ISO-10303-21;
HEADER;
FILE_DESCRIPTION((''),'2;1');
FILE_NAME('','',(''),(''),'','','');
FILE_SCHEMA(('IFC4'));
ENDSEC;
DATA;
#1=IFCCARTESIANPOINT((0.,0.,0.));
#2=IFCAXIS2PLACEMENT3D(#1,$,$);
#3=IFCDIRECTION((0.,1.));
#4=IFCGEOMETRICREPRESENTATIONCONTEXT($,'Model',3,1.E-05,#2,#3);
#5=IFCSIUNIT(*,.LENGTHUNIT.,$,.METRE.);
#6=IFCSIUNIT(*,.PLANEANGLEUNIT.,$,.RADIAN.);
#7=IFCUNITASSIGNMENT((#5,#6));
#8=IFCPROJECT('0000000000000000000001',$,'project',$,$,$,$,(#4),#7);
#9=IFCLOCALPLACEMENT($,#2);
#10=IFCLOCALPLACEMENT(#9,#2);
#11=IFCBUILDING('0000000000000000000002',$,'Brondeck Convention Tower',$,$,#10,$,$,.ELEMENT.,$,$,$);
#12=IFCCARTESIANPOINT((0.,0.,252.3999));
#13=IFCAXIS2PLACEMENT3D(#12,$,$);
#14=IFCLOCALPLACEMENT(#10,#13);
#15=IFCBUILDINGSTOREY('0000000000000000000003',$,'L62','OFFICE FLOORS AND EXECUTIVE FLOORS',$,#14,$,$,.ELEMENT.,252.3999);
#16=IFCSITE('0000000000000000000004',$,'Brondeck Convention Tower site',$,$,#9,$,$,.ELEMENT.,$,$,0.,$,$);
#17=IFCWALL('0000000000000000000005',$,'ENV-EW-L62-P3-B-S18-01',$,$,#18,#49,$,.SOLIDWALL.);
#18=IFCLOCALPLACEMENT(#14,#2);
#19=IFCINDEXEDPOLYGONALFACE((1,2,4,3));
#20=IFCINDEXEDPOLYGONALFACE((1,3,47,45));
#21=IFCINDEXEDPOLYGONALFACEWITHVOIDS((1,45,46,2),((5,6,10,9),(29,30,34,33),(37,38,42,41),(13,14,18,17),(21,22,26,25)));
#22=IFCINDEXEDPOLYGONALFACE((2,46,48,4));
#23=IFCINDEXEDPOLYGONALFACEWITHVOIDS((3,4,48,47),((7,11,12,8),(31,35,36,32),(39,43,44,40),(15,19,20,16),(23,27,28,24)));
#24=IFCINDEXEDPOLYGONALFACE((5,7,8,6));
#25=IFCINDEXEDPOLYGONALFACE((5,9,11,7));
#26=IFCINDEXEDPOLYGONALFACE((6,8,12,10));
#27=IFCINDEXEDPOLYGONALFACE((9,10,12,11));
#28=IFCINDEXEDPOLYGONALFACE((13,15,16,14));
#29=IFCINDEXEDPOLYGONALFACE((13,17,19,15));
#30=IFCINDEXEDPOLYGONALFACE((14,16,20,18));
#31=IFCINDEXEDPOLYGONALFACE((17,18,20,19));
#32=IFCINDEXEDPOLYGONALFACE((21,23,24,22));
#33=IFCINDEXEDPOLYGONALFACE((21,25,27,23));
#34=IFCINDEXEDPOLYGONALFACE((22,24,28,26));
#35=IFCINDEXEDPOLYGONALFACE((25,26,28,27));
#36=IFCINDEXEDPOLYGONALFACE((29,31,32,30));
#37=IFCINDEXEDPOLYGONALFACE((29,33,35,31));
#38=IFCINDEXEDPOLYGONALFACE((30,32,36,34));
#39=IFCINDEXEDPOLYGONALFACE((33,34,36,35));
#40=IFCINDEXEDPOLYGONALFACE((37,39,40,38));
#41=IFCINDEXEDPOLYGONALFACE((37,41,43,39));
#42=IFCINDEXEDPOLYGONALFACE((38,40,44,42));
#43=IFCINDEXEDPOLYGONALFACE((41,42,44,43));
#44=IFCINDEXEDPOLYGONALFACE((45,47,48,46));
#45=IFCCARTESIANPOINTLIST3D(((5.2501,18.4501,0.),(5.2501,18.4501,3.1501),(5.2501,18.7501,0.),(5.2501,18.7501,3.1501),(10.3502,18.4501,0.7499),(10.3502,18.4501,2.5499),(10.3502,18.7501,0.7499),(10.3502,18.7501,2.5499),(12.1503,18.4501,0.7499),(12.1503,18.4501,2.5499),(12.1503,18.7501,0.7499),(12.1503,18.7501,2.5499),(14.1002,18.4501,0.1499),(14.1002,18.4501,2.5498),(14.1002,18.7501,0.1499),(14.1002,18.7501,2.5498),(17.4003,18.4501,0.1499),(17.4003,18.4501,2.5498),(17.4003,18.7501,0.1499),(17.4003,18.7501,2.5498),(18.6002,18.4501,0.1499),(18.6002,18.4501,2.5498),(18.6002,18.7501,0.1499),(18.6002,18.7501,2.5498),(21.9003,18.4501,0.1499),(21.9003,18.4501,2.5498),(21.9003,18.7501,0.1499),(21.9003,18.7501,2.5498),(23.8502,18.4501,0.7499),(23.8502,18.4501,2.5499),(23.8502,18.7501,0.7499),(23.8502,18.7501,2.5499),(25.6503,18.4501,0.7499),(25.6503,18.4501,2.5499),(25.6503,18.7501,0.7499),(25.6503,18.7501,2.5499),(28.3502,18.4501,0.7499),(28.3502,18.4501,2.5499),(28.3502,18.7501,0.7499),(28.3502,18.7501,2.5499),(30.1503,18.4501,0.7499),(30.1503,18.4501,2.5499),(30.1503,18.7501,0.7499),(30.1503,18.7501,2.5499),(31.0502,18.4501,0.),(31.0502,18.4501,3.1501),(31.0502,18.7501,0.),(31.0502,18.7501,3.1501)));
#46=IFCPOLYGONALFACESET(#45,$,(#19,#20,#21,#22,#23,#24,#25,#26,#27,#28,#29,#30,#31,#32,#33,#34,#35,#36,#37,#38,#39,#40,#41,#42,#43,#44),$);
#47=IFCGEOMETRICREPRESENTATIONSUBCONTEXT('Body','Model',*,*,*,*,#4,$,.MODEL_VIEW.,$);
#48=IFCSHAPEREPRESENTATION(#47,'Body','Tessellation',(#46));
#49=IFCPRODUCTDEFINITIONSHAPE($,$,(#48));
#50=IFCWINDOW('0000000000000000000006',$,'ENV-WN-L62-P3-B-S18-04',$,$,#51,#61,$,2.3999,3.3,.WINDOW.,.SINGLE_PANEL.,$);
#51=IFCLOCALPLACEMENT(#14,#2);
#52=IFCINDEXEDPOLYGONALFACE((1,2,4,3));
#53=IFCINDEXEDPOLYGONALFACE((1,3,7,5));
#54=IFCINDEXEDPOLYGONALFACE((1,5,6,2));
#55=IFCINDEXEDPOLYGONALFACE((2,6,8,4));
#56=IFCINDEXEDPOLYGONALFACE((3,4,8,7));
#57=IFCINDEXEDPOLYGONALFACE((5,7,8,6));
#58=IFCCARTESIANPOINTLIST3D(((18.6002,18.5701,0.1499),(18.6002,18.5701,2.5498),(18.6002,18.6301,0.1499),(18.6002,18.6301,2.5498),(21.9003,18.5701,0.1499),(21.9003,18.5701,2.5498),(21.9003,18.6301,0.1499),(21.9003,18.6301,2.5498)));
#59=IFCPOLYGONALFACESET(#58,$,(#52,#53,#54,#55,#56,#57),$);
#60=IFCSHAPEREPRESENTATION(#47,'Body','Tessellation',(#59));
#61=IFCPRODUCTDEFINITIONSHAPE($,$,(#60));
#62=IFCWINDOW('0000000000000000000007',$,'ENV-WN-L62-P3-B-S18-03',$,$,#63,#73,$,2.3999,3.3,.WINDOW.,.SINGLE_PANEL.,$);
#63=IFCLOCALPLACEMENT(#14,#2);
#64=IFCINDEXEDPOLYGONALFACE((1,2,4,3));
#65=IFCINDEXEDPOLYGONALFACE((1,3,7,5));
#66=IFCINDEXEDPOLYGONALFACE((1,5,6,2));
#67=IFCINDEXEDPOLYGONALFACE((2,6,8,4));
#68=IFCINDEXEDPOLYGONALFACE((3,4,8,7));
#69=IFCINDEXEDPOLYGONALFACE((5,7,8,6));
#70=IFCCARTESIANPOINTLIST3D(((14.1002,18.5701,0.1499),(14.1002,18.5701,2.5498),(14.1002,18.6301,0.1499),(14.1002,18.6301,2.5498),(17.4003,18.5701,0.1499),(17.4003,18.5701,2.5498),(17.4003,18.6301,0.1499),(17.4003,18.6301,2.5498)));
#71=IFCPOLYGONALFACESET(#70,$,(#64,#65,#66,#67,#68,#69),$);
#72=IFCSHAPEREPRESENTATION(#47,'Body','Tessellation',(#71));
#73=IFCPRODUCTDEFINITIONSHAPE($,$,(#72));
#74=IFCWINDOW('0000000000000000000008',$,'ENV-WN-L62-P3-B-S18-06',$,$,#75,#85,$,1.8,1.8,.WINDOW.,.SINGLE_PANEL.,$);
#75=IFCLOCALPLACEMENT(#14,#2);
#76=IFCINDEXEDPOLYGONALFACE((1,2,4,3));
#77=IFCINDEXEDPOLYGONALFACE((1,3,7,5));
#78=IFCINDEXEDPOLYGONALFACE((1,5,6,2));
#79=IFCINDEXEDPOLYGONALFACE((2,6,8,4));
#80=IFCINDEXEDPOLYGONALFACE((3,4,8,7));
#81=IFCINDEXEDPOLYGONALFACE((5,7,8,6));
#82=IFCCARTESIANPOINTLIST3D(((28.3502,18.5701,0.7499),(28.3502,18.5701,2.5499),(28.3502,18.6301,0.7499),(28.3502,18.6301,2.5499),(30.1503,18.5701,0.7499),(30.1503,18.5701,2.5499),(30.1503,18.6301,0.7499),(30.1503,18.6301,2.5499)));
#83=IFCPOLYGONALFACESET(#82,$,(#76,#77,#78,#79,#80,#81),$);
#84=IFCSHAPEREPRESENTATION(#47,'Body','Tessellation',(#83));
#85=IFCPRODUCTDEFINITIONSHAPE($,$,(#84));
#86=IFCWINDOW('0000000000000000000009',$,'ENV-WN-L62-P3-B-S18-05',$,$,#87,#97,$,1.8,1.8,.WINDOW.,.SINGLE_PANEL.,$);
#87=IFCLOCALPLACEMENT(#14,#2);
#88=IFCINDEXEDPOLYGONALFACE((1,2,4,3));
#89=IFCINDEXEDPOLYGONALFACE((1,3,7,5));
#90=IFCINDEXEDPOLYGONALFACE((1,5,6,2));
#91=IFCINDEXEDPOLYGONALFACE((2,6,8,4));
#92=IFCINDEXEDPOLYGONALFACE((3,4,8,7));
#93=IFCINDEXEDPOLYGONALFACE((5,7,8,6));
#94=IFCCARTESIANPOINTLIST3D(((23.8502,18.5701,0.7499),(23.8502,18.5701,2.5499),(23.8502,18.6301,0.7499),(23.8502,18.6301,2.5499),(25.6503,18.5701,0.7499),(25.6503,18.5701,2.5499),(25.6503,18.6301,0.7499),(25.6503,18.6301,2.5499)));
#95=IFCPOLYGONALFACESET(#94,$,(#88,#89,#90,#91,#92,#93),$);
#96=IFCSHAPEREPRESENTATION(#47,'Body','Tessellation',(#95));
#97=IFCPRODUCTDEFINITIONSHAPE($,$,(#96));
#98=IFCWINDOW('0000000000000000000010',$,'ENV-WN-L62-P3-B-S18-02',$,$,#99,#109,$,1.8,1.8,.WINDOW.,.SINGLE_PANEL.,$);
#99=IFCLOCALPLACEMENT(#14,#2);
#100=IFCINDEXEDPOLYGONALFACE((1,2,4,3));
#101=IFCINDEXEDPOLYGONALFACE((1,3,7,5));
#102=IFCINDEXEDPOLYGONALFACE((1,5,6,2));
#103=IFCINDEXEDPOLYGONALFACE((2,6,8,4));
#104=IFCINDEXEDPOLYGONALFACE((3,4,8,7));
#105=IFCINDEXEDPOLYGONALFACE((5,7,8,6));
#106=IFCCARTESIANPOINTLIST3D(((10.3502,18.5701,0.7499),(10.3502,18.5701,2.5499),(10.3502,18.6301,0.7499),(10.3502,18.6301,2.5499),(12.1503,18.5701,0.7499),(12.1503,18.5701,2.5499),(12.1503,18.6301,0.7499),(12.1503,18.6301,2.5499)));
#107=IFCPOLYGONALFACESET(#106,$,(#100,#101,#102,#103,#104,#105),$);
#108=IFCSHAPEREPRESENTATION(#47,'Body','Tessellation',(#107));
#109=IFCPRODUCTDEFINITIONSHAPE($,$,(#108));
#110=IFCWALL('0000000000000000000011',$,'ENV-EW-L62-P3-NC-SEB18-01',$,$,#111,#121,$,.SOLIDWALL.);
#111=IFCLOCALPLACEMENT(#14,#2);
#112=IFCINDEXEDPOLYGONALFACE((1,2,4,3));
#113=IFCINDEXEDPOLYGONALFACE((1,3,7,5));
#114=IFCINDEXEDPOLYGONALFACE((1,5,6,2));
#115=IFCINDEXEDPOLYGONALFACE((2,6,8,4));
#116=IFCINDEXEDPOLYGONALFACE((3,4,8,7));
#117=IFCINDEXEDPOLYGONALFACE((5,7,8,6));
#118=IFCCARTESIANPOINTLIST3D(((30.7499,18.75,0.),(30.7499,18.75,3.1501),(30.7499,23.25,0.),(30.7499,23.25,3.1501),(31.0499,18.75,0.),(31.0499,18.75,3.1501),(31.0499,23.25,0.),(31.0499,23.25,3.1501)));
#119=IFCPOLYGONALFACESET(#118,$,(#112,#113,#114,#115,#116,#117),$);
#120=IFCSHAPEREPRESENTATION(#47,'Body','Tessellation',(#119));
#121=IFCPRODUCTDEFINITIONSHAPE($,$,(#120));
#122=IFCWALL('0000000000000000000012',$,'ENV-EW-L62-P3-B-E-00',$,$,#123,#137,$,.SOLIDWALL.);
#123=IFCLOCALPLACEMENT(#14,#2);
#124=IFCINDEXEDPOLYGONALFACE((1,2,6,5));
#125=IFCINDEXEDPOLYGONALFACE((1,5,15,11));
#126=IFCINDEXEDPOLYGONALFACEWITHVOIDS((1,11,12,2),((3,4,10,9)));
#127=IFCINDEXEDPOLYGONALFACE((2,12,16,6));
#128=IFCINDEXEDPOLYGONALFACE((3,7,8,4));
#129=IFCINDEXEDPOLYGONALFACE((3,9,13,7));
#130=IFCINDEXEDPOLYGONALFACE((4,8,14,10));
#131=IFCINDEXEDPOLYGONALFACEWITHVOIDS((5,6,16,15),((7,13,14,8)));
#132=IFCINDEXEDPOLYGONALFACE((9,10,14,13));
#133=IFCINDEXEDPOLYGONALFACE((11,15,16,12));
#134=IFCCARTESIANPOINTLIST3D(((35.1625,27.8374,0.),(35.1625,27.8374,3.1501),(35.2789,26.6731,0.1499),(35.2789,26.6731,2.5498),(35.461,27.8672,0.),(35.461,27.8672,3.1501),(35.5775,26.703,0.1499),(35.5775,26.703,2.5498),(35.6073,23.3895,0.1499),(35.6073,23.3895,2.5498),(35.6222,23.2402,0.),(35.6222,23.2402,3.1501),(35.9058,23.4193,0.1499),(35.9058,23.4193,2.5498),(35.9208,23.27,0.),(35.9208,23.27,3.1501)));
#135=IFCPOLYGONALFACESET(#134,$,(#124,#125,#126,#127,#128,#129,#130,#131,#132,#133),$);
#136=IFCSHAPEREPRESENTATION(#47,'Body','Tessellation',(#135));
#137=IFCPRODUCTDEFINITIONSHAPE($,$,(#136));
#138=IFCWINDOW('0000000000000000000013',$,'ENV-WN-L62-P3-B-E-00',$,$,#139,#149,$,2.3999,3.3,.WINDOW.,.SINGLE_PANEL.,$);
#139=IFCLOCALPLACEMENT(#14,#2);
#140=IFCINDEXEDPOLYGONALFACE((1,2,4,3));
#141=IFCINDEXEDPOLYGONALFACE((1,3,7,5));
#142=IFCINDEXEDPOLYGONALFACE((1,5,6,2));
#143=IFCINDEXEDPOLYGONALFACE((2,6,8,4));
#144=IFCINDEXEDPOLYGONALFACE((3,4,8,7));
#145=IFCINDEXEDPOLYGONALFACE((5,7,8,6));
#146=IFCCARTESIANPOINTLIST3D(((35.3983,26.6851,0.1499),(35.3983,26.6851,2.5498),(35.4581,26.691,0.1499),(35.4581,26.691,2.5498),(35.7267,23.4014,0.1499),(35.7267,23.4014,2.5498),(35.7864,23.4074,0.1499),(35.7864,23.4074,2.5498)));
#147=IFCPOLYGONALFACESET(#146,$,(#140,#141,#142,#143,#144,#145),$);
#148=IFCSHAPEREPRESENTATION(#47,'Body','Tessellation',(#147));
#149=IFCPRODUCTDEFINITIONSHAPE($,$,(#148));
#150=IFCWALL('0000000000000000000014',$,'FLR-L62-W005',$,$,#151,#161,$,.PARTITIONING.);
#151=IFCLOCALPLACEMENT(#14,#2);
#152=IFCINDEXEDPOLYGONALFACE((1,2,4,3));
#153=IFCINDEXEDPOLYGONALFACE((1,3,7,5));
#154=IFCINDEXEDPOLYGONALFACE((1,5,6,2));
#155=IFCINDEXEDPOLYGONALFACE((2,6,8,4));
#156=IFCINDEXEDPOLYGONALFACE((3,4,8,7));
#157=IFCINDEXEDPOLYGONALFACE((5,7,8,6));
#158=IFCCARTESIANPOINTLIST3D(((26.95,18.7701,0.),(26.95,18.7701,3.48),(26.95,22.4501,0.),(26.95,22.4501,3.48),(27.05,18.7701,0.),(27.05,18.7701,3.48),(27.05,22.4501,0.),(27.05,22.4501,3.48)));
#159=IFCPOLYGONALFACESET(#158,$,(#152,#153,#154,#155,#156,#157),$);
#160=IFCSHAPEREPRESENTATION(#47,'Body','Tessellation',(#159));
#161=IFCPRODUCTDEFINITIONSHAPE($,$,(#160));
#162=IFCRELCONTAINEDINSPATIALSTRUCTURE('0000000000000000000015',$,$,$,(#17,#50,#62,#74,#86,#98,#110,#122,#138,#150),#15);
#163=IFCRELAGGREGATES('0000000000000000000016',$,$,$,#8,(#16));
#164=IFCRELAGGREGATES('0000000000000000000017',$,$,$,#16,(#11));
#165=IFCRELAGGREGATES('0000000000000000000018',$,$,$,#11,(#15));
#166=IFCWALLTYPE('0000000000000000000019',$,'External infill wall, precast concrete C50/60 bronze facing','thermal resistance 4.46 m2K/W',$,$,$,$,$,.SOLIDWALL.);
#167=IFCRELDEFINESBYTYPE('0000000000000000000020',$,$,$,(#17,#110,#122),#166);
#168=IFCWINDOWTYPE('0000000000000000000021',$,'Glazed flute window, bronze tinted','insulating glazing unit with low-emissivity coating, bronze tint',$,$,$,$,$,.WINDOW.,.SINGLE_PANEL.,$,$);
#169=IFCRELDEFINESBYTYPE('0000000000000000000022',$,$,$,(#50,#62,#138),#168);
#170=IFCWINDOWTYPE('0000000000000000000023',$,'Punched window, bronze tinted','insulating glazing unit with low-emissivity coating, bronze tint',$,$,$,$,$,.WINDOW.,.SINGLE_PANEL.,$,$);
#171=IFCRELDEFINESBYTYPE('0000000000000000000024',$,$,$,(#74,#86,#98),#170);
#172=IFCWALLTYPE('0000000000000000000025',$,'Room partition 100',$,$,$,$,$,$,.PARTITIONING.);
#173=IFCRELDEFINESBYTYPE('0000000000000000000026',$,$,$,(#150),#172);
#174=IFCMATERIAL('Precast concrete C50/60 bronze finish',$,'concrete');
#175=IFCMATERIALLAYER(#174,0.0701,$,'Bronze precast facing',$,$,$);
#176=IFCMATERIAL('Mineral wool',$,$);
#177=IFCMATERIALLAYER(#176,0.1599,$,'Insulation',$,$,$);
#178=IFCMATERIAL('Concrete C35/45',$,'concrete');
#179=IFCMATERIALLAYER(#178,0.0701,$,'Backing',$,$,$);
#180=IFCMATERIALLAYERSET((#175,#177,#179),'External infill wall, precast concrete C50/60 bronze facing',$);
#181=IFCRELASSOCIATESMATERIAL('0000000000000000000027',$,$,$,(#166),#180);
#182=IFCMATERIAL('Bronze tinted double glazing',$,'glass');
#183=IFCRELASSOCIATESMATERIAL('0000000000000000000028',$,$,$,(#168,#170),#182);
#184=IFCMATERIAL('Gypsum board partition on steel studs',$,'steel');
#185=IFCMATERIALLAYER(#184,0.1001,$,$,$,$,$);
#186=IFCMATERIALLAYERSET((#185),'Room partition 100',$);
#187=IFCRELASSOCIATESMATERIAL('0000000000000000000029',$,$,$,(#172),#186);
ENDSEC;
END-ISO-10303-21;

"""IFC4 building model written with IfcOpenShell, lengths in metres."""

from ifc_helpers import new_model, si_unit, direction, frame, frame_2d, origin, place, context, subcontext, project, spatial, rectangle, extrude, material, layer, layer_set, type_object, element, fill, save


model = new_model("IFC4")

# Units and contexts
model_context = context("Model", 3, precision=1e-05, world=origin(), true_north=direction((0.0, 1.0)))
body_context = subcontext(model_context, "Body", "Model", "MODEL_VIEW")
ifc_project = project(units=[si_unit("LENGTHUNIT", "METRE"), si_unit("PLANEANGLEUNIT", "RADIAN")], contexts=[model_context])

# Site, building, storey
site_placement = place(None, origin())
site = spatial("IfcSite", under=ifc_project, at=site_placement, Name="Brondeck Convention Tower site", CompositionType="ELEMENT", RefElevation=0.0)
building_placement = place(site_placement, origin())
building = spatial("IfcBuilding", under=site, at=building_placement, Name="Brondeck Convention Tower", CompositionType="ELEMENT")
storey_placement = place(building_placement, frame((0.0, 0.0, 252.3999)))
storey = spatial("IfcBuildingStorey", under=building, at=storey_placement, Name="L62", Description="OFFICE FLOORS AND EXECUTIVE FLOORS", CompositionType="ELEMENT", Elevation=252.3999)

# Wall, openings, windows
ifc_material_1 = material(Name="Precast concrete C50/60 bronze finish", Category="concrete")
ifc_layer_1 = layer(ifc_material_1, 0.0701, Name="Bronze precast facing")
ifc_material_2 = material(Name="Mineral wool")
ifc_layer_2 = layer(ifc_material_2, 0.1599, Name="Insulation")
ifc_material_3 = material(Name="Concrete C35/45", Category="concrete")
ifc_layer_3 = layer(ifc_material_3, 0.0701, Name="Backing")
ifc_layer_set_1 = layer_set([ifc_layer_1, ifc_layer_2, ifc_layer_3], Name="External infill wall, precast concrete C50/60 bronze facing")
wall_type_1 = type_object("IfcWallType", Name="External infill wall, precast concrete C50/60 bronze facing", Description="thermal resistance 4.46 m2K/W", PredefinedType="SOLIDWALL", material=ifc_layer_set_1)
wall_1_placement = place(storey_placement, frame((31.05, 18.6001, 0.0), z_axis=(0.0, 0.0, 1.0), x_axis=(-1.0, 0.0, 0.0)))
wall_1 = element("IfcWall", 1, at=wall_1_placement, inside=storey, type_object=wall_type_1, Name="ENV-EW-L62-P3-B-S18-01", PredefinedType="SOLIDWALL", context=body_context, shape_type="SweptSolid", body=[
    extrude(rectangle(XDim=25.8, YDim=0.3, at=frame_2d((12.8999, 0.0))), origin(), (0.0, 0.0, 1.0), 3.1501),
])
opening_1_placement = place(wall_1_placement, frame((0.8999, 0.0, 0.75)))
opening_1 = element("IfcOpeningElement", 2, at=opening_1_placement, cuts=wall_1, PredefinedType="OPENING", context=body_context, shape_type="SweptSolid", body=[
    extrude(rectangle(XDim=1.8, YDim=1.8, at=frame_2d((0.8999, 0.8999))), frame((0.0, 0.1599, 0.0), z_axis=(0.0, -1.0, 0.0), x_axis=(1.0, 0.0, 0.0)), (0.0, 0.0, 1.0), 0.3201),
])
opening_2_placement = place(wall_1_placement, frame((5.3999, 0.0, 0.75)))
opening_2 = element("IfcOpeningElement", 3, at=opening_2_placement, cuts=wall_1, PredefinedType="OPENING", context=body_context, shape_type="SweptSolid", body=[
    extrude(rectangle(XDim=1.8, YDim=1.8, at=frame_2d((0.8999, 0.8999))), frame((0.0, 0.1599, 0.0), z_axis=(0.0, -1.0, 0.0), x_axis=(1.0, 0.0, 0.0)), (0.0, 0.0, 1.0), 0.3201),
])
opening_3_placement = place(wall_1_placement, frame((9.1499, 0.0, 0.1499)))
opening_3 = element("IfcOpeningElement", 4, at=opening_3_placement, cuts=wall_1, PredefinedType="OPENING", context=body_context, shape_type="SweptSolid", body=[
    extrude(rectangle(XDim=3.3, YDim=2.3999, at=frame_2d((1.6499, 1.2))), frame((0.0, 0.1599, 0.0), z_axis=(0.0, -1.0, 0.0), x_axis=(1.0, 0.0, 0.0)), (0.0, 0.0, 1.0), 0.3201),
])
opening_4_placement = place(wall_1_placement, frame((13.6499, 0.0, 0.1499)))
opening_4 = element("IfcOpeningElement", 5, at=opening_4_placement, cuts=wall_1, PredefinedType="OPENING", context=body_context, shape_type="SweptSolid", body=[
    extrude(rectangle(XDim=3.3, YDim=2.3999, at=frame_2d((1.6499, 1.2))), frame((0.0, 0.1599, 0.0), z_axis=(0.0, -1.0, 0.0), x_axis=(1.0, 0.0, 0.0)), (0.0, 0.0, 1.0), 0.3201),
])
opening_5_placement = place(wall_1_placement, frame((18.8999, 0.0, 0.75)))
opening_5 = element("IfcOpeningElement", 6, at=opening_5_placement, cuts=wall_1, PredefinedType="OPENING", context=body_context, shape_type="SweptSolid", body=[
    extrude(rectangle(XDim=1.8, YDim=1.8, at=frame_2d((0.8999, 0.8999))), frame((0.0, 0.1599, 0.0), z_axis=(0.0, -1.0, 0.0), x_axis=(1.0, 0.0, 0.0)), (0.0, 0.0, 1.0), 0.3201),
])
ifc_material_4 = material(Name="Bronze tinted double glazing", Category="glass")
window_type_1 = type_object("IfcWindowType", Name="Glazed flute window, bronze tinted", Description="insulating glazing unit with low-emissivity coating, bronze tint", PartitioningType="SINGLE_PANEL", PredefinedType="WINDOW", material=ifc_material_4)
window_1_placement = place(opening_3_placement, origin())
window_1 = element("IfcWindow", 7, at=window_1_placement, inside=storey, type_object=window_type_1, Name="ENV-WN-L62-P3-B-S18-04", OverallHeight=2.3999, OverallWidth=3.3, PartitioningType="SINGLE_PANEL", PredefinedType="WINDOW", context=body_context, shape_type="SweptSolid", body=[
    extrude(rectangle(XDim=3.3, YDim=2.3999, at=frame_2d((1.6499, 1.2))), frame((0.0, 0.03, 0.0), z_axis=(0.0, -1.0, 0.0), x_axis=(1.0, 0.0, 0.0)), (0.0, 0.0, 1.0), 0.0601),
])
fill(opening_3, window_1)
window_2_placement = place(opening_4_placement, origin())
window_2 = element("IfcWindow", 8, at=window_2_placement, inside=storey, type_object=window_type_1, Name="ENV-WN-L62-P3-B-S18-03", OverallHeight=2.3999, OverallWidth=3.3, PartitioningType="SINGLE_PANEL", PredefinedType="WINDOW", context=body_context, shape_type="SweptSolid", body=[
    extrude(rectangle(XDim=3.3, YDim=2.3999, at=frame_2d((1.6499, 1.2))), frame((0.0, 0.03, 0.0), z_axis=(0.0, -1.0, 0.0), x_axis=(1.0, 0.0, 0.0)), (0.0, 0.0, 1.0), 0.0601),
])
fill(opening_4, window_2)
window_type_2 = type_object("IfcWindowType", Name="Punched window, bronze tinted", Description="insulating glazing unit with low-emissivity coating, bronze tint", PartitioningType="SINGLE_PANEL", PredefinedType="WINDOW", material=ifc_material_4)
window_3_placement = place(opening_1_placement, origin())
window_3 = element("IfcWindow", 9, at=window_3_placement, inside=storey, type_object=window_type_2, Name="ENV-WN-L62-P3-B-S18-06", OverallHeight=1.8, OverallWidth=1.8, PartitioningType="SINGLE_PANEL", PredefinedType="WINDOW", context=body_context, shape_type="SweptSolid", body=[
    extrude(rectangle(XDim=1.8, YDim=1.8, at=frame_2d((0.8999, 0.8999))), frame((0.0, 0.03, 0.0), z_axis=(0.0, -1.0, 0.0), x_axis=(1.0, 0.0, 0.0)), (0.0, 0.0, 1.0), 0.0601),
])
fill(opening_1, window_3)
window_4_placement = place(opening_2_placement, origin())
window_4 = element("IfcWindow", 10, at=window_4_placement, inside=storey, type_object=window_type_2, Name="ENV-WN-L62-P3-B-S18-05", OverallHeight=1.8, OverallWidth=1.8, PartitioningType="SINGLE_PANEL", PredefinedType="WINDOW", context=body_context, shape_type="SweptSolid", body=[
    extrude(rectangle(XDim=1.8, YDim=1.8, at=frame_2d((0.8999, 0.8999))), frame((0.0, 0.03, 0.0), z_axis=(0.0, -1.0, 0.0), x_axis=(1.0, 0.0, 0.0)), (0.0, 0.0, 1.0), 0.0601),
])
fill(opening_2, window_4)
window_5_placement = place(opening_5_placement, origin())
window_5 = element("IfcWindow", 11, at=window_5_placement, inside=storey, type_object=window_type_2, Name="ENV-WN-L62-P3-B-S18-02", OverallHeight=1.8, OverallWidth=1.8, PartitioningType="SINGLE_PANEL", PredefinedType="WINDOW", context=body_context, shape_type="SweptSolid", body=[
    extrude(rectangle(XDim=1.8, YDim=1.8, at=frame_2d((0.8999, 0.8999))), frame((0.0, 0.03, 0.0), z_axis=(0.0, -1.0, 0.0), x_axis=(1.0, 0.0, 0.0)), (0.0, 0.0, 1.0), 0.0601),
])
fill(opening_5, window_5)

# Wall
wall_2_placement = place(storey_placement, frame((30.8999, 23.25, 0.0), z_axis=(0.0, 0.0, 1.0), x_axis=(0.0, -1.0, 0.0)))
element("IfcWall", 12, at=wall_2_placement, inside=storey, type_object=wall_type_1, Name="ENV-EW-L62-P3-NC-SEB18-01", PredefinedType="SOLIDWALL", context=body_context, shape_type="SweptSolid", body=[
    extrude(rectangle(XDim=4.5, YDim=0.3, at=frame_2d((2.25, 0.0))), origin(), (0.0, 0.0, 1.0), 3.1501),
])

# Wall, opening, window
wall_3_placement = place(storey_placement, frame((35.3118, 27.8523, 0.0), z_axis=(0.0, 0.0, 1.0), x_axis=(0.099504, -0.995037, 0.0)))
wall_3 = element("IfcWall", 13, at=wall_3_placement, inside=storey, type_object=wall_type_1, Name="ENV-EW-L62-P3-B-E-00", PredefinedType="SOLIDWALL", context=body_context, shape_type="SweptSolid", body=[
    extrude(rectangle(XDim=4.6201, YDim=0.3, at=frame_2d((2.3101, 0.0))), origin(), (0.0, 0.0, 1.0), 3.1501),
])
opening_6_placement = place(wall_3_placement, frame((1.1702, 0.0, 0.1499)))
opening_6 = element("IfcOpeningElement", 14, at=opening_6_placement, cuts=wall_3, PredefinedType="OPENING", context=body_context, shape_type="SweptSolid", body=[
    extrude(rectangle(XDim=3.3, YDim=2.3999, at=frame_2d((1.6499, 1.2))), frame((0.0, 0.1599, 0.0), z_axis=(0.0, -1.0, 0.0), x_axis=(1.0, 0.0, 0.0)), (0.0, 0.0, 1.0), 0.3201),
])
window_6_placement = place(opening_6_placement, origin())
window_6 = element("IfcWindow", 15, at=window_6_placement, inside=storey, type_object=window_type_1, Name="ENV-WN-L62-P3-B-E-00", OverallHeight=2.3999, OverallWidth=3.3, PartitioningType="SINGLE_PANEL", PredefinedType="WINDOW", context=body_context, shape_type="SweptSolid", body=[
    extrude(rectangle(XDim=3.3, YDim=2.3999, at=frame_2d((1.6499, 1.2))), frame((0.0, 0.03, 0.0), z_axis=(0.0, -1.0, 0.0), x_axis=(1.0, 0.0, 0.0)), (0.0, 0.0, 1.0), 0.0601),
])
fill(opening_6, window_6)

# Wall
ifc_material_5 = material(Name="Gypsum board partition on steel studs", Category="steel")
ifc_layer_4 = layer(ifc_material_5, 0.1001)
ifc_layer_set_2 = layer_set([ifc_layer_4], Name="Room partition 100")
wall_type_2 = type_object("IfcWallType", Name="Room partition 100", PredefinedType="PARTITIONING", material=ifc_layer_set_2)
wall_4_placement = place(storey_placement, frame((27.0, 22.45, 0.0), z_axis=(0.0, 0.0, 1.0), x_axis=(0.0, -1.0, 0.0)))
element("IfcWall", 16, at=wall_4_placement, inside=storey, type_object=wall_type_2, Name="FLR-L62-W005", PredefinedType="PARTITIONING", context=body_context, shape_type="SweptSolid", body=[
    extrude(rectangle(XDim=3.6799, YDim=0.1001, at=frame_2d((1.8398, 0.0))), origin(), (0.0, 0.0, 1.0), 3.48),
])

save(model, "model.ifc")
